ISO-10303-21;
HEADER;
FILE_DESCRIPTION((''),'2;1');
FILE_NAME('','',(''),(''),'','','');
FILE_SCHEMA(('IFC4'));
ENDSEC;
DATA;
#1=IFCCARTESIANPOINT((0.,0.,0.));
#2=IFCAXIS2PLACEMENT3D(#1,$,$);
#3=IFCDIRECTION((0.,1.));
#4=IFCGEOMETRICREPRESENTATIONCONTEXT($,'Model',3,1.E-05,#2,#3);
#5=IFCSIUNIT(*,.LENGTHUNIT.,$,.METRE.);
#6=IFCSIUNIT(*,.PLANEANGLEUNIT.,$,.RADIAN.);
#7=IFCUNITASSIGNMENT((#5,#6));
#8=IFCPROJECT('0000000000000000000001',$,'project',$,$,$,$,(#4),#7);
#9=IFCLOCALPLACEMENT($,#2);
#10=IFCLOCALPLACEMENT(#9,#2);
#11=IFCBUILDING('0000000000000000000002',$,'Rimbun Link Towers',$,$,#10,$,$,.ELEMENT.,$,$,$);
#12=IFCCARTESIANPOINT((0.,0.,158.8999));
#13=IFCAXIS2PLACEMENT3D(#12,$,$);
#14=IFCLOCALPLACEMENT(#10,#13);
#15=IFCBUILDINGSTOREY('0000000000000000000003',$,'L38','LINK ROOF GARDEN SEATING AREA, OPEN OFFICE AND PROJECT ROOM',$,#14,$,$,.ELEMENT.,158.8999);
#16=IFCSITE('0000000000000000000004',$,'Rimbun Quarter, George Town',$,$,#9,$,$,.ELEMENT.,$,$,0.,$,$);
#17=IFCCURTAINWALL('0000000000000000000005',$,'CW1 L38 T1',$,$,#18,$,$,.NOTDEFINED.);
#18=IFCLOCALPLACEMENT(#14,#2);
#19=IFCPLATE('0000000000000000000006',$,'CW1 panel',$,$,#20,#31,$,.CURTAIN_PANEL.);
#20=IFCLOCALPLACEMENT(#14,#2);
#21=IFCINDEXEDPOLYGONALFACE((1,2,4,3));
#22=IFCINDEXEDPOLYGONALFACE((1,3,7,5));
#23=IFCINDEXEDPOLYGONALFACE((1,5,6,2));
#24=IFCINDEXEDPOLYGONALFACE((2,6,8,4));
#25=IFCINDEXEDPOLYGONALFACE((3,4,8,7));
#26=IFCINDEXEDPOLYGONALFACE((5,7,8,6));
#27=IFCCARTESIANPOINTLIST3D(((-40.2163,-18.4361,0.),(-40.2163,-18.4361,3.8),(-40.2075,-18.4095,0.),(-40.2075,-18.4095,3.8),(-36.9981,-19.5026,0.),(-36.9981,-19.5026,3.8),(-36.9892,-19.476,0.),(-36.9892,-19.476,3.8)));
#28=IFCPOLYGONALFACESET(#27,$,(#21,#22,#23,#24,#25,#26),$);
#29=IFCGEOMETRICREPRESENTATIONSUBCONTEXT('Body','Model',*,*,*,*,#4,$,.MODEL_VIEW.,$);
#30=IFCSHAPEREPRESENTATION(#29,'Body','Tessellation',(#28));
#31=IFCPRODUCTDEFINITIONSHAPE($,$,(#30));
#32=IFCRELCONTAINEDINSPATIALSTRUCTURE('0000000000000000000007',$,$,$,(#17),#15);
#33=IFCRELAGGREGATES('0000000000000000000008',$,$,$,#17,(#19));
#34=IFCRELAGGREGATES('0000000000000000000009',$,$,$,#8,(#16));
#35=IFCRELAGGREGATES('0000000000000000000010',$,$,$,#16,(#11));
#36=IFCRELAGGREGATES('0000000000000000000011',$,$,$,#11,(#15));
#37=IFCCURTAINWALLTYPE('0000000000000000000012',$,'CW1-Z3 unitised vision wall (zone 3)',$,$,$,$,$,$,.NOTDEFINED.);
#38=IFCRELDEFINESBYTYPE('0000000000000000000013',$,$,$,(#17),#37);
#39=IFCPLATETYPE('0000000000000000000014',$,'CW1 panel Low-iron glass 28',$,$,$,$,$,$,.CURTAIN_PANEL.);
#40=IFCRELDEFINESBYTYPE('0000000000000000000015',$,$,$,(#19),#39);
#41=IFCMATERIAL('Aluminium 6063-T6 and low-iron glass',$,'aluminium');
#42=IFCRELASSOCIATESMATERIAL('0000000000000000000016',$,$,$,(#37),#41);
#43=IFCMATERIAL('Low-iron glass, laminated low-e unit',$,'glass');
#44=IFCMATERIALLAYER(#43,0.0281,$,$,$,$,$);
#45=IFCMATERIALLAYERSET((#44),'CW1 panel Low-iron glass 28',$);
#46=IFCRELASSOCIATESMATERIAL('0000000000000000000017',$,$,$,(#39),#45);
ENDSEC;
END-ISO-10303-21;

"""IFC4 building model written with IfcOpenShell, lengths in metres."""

from ifc_helpers import new_model, si_unit, direction, frame, origin, origin_2d, place, context, subcontext, project, spatial, rectangle, extrude, material, layer, layer_set, type_object, element, aggregate, save


model = new_model("IFC4")

# Units and contexts
model_context = context("Model", 3, precision=1e-05, world=origin(), true_north=direction((0.0, 1.0)))
body_context = subcontext(model_context, "Body", "Model", "MODEL_VIEW")
ifc_project = project(units=[si_unit("LENGTHUNIT", "METRE"), si_unit("PLANEANGLEUNIT", "RADIAN")], contexts=[model_context])

# Site, building, storey
site_placement = place(None, origin())
site = spatial("IfcSite", under=ifc_project, at=site_placement, Name="Rimbun Quarter, George Town", CompositionType="ELEMENT", RefElevation=0.0)
building_placement = place(site_placement, origin())
building = spatial("IfcBuilding", under=site, at=building_placement, Name="Rimbun Link Towers", CompositionType="ELEMENT")
storey_placement = place(building_placement, frame((0.0, 0.0, 158.8999)))
storey = spatial("IfcBuildingStorey", under=building, at=storey_placement, Name="L38", Description="LINK ROOF GARDEN SEATING AREA, OPEN OFFICE AND PROJECT ROOM", CompositionType="ELEMENT", Elevation=158.8999)

# Curtain wall
ifc_material_1 = material(Name="Aluminium 6063-T6 and low-iron glass", Category="aluminium")
curtain_wall_type = type_object("IfcCurtainWallType", Name="CW1-Z3 unitised vision wall (zone 3)", PredefinedType="NOTDEFINED", material=ifc_material_1)
curtain_wall_placement = place(storey_placement, origin())
curtain_wall = element("IfcCurtainWall", 1, at=curtain_wall_placement, inside=storey, type_object=curtain_wall_type, Name="CW1 L38 T1", PredefinedType="NOTDEFINED")

# Plate
ifc_material_2 = material(Name="Low-iron glass, laminated low-e unit", Category="glass")
ifc_layer = layer(ifc_material_2, 0.0281)
ifc_layer_set = layer_set([ifc_layer], Name="CW1 panel Low-iron glass 28")
plate_type = type_object("IfcPlateType", Name="CW1 panel Low-iron glass 28", PredefinedType="CURTAIN_PANEL", material=ifc_layer_set)
plate_1_placement = place(storey_placement, frame((-38.6028, -18.9561, 0.0), z_axis=(0.0, 0.0, 1.0), x_axis=(-0.949239, 0.314556, 0.0)))
plate_1 = element("IfcPlate", 2, at=plate_1_placement, type_object=plate_type, Name="CW1 panel", PredefinedType="CURTAIN_PANEL", context=body_context, shape_type="SweptSolid", body=[
    extrude(rectangle(XDim=3.3904, YDim=0.0281, at=origin_2d()), origin(), (0.0, 0.0, 1.0), 3.8),
])
aggregate(curtain_wall, [plate_1])

save(model, "model.ifc")
